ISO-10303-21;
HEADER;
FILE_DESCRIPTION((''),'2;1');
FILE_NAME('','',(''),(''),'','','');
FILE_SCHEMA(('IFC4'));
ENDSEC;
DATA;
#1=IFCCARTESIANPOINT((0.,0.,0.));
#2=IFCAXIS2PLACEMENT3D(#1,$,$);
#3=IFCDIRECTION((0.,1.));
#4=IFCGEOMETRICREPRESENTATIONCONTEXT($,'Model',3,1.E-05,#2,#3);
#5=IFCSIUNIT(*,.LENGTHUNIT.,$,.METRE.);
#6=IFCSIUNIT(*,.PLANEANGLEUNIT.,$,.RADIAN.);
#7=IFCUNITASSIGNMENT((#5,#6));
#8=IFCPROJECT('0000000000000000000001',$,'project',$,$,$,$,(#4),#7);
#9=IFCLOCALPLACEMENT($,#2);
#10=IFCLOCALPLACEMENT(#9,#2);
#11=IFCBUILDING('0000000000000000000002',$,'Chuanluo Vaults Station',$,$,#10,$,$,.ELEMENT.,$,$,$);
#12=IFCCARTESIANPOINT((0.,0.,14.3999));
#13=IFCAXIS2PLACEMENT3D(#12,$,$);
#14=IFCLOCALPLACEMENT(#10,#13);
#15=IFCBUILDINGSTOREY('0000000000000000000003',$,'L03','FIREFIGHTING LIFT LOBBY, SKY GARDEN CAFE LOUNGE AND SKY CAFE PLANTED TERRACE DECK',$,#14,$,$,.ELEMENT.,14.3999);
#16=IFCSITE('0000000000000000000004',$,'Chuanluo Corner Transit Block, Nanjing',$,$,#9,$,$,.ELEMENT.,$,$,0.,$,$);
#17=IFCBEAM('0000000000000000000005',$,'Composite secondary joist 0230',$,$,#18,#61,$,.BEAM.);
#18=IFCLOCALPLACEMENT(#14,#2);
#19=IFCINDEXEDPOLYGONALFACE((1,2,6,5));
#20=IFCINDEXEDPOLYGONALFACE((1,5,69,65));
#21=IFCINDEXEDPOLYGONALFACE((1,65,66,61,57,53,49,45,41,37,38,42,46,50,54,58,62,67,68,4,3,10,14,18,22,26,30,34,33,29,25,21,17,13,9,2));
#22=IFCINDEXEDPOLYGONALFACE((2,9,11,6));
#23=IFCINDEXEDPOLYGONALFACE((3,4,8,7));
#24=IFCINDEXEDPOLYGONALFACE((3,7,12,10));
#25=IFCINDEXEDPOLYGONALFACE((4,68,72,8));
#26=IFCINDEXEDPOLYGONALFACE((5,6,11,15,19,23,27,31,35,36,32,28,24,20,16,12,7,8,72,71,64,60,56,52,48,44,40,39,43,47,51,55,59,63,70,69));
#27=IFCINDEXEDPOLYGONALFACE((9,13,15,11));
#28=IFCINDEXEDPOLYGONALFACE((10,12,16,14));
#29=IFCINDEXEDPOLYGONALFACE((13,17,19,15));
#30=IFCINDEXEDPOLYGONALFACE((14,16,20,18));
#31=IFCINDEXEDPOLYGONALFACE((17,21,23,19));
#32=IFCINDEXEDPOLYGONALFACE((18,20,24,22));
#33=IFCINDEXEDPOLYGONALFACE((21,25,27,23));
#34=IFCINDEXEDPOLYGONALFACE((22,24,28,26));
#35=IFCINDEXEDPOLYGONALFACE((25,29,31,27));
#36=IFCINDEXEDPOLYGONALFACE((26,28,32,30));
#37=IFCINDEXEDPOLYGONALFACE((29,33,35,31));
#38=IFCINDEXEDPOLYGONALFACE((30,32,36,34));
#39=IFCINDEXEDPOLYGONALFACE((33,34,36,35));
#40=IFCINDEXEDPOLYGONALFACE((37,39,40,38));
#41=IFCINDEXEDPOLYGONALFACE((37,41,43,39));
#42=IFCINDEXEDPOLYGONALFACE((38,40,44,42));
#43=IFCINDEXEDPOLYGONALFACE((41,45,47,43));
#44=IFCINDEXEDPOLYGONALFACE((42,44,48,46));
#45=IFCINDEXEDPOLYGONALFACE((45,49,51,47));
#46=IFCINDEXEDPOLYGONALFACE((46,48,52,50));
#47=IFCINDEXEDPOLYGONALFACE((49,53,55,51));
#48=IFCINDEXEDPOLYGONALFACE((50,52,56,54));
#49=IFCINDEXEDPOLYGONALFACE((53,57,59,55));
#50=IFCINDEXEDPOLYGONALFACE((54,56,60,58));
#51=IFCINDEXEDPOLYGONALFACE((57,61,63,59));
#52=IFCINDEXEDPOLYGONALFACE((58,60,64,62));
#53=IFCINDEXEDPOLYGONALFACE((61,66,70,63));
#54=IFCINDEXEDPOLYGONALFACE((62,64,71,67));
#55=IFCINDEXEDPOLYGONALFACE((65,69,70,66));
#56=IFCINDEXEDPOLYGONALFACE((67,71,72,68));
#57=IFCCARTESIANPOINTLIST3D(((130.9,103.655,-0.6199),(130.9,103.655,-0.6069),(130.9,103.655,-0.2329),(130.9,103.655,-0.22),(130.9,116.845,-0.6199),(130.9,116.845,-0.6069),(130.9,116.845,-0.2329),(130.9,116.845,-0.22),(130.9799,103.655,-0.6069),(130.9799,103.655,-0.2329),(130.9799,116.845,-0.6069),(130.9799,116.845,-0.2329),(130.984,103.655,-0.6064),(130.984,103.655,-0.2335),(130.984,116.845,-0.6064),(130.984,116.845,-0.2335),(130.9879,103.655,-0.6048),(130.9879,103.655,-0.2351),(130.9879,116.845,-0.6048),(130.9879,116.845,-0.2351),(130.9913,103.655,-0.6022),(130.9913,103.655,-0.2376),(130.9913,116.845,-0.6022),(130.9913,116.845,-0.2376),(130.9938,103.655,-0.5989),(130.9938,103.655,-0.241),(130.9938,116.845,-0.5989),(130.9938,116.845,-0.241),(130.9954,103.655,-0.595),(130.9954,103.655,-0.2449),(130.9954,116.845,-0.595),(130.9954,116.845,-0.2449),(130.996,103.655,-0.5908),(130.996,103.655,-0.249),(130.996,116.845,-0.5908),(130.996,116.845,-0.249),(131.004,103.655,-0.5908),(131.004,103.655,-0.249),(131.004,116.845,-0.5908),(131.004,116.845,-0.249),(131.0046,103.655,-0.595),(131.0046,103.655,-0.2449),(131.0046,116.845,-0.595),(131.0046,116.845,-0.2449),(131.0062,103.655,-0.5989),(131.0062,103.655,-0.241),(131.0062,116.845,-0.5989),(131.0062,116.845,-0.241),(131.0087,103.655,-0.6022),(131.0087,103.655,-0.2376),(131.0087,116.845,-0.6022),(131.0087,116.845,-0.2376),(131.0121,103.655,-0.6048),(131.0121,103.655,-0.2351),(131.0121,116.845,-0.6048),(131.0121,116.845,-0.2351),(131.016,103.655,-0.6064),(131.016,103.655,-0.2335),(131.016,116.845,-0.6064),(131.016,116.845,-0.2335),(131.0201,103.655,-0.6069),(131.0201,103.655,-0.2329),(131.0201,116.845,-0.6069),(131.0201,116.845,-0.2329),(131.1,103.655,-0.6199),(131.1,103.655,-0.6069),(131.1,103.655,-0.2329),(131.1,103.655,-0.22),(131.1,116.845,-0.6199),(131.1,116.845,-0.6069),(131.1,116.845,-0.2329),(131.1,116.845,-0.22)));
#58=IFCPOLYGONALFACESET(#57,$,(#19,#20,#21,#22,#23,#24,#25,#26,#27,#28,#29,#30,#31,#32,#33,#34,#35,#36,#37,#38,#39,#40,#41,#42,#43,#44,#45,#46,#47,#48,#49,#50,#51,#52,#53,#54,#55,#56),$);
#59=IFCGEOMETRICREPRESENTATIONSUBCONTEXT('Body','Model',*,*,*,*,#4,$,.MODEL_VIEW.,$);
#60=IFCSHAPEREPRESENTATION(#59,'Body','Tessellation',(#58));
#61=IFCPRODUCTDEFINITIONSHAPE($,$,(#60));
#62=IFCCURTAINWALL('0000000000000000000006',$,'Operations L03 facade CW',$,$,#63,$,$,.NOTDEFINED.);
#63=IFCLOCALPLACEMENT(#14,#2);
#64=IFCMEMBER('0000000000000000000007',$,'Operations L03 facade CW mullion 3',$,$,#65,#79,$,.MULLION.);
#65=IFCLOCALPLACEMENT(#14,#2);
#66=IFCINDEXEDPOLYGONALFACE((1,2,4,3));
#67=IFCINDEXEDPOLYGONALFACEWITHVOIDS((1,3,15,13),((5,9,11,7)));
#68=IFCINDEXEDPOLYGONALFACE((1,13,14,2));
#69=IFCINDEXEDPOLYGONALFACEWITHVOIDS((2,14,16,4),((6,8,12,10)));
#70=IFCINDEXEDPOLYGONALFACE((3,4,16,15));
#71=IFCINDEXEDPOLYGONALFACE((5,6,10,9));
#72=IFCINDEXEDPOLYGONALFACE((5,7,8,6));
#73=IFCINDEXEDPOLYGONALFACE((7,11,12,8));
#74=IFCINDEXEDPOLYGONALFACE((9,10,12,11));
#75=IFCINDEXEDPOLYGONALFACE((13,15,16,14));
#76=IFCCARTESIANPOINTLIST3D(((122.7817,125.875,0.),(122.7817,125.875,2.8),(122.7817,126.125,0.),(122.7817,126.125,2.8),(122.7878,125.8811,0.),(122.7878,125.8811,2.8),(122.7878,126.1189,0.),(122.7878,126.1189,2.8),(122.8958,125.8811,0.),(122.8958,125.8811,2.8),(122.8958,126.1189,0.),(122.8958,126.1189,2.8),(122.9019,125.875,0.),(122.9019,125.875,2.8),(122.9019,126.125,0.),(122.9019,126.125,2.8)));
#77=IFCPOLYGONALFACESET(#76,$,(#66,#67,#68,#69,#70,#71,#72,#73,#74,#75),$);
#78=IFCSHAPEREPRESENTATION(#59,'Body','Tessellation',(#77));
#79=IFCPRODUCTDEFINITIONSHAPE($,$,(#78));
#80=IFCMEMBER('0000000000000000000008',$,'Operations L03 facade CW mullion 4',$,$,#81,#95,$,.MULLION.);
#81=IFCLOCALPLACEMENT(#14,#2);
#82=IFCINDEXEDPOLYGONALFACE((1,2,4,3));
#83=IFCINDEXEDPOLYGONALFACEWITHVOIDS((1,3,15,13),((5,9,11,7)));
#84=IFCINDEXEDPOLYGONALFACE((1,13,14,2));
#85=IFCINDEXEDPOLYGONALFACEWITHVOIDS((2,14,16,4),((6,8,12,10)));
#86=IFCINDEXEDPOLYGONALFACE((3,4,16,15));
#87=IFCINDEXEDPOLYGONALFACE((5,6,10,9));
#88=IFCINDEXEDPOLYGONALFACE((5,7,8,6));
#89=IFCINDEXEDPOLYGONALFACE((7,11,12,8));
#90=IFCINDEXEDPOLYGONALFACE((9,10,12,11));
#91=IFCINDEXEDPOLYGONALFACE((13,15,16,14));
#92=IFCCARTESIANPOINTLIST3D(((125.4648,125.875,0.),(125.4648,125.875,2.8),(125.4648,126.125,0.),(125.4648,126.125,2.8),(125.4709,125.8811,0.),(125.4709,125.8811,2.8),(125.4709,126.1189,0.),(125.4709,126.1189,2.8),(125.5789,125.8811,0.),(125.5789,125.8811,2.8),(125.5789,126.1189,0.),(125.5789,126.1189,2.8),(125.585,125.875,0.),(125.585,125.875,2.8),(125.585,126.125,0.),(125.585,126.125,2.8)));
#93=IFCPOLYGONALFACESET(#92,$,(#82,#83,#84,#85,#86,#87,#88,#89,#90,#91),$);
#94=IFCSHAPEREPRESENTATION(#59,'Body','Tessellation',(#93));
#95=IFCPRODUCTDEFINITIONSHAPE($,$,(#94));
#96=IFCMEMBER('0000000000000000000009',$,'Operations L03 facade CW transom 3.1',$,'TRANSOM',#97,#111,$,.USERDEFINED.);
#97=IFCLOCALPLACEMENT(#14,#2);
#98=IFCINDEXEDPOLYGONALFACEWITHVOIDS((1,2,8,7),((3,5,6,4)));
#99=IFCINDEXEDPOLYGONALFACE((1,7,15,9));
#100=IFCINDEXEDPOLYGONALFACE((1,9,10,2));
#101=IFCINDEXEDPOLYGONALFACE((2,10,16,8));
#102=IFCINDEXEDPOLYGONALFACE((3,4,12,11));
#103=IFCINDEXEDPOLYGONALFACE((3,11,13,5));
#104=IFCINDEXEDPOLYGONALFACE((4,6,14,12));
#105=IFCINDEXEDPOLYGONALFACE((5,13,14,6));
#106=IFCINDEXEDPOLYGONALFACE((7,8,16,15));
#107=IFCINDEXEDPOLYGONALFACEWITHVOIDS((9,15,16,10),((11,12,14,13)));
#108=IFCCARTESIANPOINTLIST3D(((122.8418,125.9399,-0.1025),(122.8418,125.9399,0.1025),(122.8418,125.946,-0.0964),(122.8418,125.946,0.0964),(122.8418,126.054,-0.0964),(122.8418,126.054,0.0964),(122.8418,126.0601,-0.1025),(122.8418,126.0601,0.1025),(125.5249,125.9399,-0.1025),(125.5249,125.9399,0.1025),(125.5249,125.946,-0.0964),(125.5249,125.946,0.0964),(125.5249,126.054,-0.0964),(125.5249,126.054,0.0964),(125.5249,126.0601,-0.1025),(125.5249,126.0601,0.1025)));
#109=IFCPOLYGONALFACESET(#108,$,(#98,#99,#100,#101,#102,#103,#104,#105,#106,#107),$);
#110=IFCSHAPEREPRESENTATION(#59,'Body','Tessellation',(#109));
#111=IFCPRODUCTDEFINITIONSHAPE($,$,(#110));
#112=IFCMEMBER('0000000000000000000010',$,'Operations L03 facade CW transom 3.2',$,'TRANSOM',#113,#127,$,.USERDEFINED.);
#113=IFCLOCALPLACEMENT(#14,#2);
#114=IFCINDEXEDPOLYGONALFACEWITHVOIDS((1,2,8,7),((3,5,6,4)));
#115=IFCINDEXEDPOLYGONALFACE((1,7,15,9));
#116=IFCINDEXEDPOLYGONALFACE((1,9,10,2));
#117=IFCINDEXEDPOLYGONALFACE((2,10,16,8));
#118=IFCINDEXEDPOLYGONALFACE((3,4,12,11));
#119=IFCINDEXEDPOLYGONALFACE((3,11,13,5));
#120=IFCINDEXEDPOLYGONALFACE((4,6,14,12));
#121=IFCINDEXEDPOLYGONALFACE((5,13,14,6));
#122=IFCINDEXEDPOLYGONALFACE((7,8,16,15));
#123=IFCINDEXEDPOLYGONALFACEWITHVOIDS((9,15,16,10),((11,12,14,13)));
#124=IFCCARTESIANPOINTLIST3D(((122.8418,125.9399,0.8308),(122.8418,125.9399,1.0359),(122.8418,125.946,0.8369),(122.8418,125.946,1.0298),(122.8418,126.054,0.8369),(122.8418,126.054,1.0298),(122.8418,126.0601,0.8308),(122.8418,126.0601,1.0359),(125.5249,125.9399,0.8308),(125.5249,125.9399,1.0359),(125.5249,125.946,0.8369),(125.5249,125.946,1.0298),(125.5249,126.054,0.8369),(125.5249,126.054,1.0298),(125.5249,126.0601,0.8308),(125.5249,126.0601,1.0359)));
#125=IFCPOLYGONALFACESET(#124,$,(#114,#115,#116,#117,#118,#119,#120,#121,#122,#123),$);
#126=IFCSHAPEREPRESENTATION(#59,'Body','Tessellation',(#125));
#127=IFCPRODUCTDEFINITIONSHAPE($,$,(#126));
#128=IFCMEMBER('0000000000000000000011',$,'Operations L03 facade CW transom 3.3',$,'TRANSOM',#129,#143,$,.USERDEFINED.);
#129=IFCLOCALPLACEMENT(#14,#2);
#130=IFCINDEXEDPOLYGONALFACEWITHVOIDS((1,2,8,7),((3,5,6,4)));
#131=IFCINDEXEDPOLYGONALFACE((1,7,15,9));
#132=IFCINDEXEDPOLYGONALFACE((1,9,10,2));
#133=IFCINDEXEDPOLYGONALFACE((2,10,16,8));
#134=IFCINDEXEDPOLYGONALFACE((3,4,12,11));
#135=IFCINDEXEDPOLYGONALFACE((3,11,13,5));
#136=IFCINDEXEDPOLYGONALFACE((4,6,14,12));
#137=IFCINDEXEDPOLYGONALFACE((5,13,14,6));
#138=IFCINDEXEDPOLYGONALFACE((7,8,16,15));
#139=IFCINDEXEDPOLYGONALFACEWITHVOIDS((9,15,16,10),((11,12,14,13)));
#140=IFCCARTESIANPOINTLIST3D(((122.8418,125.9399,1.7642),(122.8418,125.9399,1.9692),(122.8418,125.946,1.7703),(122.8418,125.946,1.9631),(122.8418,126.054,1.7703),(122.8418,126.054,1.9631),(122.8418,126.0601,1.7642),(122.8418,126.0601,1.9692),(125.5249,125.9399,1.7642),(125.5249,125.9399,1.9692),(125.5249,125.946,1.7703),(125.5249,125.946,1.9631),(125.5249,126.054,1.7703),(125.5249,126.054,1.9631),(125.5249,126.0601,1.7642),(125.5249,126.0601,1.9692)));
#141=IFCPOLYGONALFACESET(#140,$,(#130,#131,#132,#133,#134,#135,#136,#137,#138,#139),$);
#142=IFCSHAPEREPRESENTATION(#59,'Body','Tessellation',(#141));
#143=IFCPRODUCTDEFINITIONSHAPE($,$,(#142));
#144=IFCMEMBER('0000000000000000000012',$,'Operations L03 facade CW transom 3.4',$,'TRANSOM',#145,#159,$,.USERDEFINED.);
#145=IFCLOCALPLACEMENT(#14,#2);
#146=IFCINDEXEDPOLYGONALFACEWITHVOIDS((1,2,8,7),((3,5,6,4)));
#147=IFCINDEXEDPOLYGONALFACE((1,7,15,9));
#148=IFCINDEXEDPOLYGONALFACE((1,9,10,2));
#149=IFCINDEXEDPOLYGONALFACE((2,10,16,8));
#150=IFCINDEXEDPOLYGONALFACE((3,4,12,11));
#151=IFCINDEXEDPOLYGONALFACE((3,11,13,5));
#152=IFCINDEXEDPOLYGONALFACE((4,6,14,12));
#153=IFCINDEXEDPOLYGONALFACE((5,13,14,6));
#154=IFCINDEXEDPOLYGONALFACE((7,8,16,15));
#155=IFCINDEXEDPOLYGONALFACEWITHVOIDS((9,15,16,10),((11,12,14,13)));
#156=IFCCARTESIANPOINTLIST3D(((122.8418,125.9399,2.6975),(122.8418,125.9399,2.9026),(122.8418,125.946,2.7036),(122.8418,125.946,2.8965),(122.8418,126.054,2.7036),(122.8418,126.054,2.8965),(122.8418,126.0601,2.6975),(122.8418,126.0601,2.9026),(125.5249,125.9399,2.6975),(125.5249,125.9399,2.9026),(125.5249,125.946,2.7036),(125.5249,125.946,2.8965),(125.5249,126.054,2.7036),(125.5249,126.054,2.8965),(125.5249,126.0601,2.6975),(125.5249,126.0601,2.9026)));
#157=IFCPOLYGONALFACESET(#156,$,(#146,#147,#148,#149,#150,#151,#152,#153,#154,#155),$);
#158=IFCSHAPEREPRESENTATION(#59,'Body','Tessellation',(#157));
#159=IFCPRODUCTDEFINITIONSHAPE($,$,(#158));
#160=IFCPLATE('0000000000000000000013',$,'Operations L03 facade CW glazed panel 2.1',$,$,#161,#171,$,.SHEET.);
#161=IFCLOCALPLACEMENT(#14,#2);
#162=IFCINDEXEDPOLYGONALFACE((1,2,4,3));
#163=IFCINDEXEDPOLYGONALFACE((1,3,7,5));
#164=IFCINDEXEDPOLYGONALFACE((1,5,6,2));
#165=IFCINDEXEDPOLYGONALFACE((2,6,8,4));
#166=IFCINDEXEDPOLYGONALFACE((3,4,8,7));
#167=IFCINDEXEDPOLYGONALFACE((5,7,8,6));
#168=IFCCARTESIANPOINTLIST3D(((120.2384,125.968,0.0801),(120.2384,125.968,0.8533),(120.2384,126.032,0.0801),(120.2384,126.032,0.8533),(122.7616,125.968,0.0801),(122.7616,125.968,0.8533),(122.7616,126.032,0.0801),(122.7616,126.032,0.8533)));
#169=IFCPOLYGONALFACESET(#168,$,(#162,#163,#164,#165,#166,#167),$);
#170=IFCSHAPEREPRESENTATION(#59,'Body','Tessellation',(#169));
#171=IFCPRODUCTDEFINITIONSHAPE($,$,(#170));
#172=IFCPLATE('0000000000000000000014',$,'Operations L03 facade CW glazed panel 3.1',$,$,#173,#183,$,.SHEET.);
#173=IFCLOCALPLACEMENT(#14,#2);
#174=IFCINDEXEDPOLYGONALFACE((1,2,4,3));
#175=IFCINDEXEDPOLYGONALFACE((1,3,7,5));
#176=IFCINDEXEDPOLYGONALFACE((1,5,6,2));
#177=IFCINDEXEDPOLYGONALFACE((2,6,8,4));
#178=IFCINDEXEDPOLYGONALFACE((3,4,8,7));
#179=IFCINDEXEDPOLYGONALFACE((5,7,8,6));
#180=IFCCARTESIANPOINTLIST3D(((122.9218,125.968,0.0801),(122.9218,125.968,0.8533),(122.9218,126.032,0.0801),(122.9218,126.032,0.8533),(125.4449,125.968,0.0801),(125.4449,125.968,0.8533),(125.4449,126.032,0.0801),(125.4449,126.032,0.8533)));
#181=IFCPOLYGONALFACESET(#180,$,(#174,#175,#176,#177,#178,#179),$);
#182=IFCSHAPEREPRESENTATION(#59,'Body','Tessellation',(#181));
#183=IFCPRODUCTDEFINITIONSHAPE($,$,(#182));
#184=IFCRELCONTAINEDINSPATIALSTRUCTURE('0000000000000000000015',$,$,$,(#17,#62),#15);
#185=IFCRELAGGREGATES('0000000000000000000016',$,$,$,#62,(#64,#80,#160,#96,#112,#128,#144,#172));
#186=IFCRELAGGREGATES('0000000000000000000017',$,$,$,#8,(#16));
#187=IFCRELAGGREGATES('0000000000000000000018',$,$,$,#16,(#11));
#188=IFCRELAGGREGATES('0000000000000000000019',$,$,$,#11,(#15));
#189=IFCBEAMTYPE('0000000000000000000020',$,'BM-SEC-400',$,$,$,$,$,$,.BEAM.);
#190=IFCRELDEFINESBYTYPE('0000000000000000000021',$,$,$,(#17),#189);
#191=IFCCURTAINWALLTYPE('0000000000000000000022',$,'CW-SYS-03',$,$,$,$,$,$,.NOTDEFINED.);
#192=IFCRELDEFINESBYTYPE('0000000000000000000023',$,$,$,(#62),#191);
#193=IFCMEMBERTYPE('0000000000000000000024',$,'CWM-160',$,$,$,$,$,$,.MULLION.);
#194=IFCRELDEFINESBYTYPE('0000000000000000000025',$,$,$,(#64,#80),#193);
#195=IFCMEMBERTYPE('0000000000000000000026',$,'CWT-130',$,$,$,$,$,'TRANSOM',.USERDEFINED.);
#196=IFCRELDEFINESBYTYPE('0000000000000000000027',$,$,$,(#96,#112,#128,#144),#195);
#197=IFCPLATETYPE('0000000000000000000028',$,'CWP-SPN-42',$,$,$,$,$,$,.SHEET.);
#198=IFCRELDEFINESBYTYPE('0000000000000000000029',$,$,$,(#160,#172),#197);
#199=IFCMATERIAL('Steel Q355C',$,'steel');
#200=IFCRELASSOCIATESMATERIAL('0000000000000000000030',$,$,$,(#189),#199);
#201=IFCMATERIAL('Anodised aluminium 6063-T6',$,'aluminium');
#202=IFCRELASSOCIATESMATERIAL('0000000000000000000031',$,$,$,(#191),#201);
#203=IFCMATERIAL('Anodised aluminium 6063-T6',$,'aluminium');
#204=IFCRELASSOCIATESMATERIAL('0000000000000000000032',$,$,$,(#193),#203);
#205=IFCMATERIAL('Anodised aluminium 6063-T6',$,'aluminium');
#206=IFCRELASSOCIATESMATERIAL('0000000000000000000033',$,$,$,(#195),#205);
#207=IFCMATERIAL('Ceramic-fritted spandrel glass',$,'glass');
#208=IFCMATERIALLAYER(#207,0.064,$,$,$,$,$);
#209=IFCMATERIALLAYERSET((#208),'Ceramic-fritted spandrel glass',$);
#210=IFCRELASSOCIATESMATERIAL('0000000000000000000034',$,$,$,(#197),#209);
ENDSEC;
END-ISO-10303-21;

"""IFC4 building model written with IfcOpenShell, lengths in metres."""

from ifc_helpers import new_model, si_unit, direction, frame, origin, origin_2d, place, context, subcontext, project, spatial, rectangle, hollow_rectangle, i_section, extrude, material, layer, layer_set, material_profile, profile_set, type_object, element, aggregate, save


model = new_model("IFC4")

# Units and contexts
model_context = context("Model", 3, precision=1e-05, world=origin(), true_north=direction((0.0, 1.0)))
body_context = subcontext(model_context, "Body", "Model", "MODEL_VIEW")
ifc_project = project(units=[si_unit("LENGTHUNIT", "METRE"), si_unit("PLANEANGLEUNIT", "RADIAN")], contexts=[model_context])

# Site, building, storey
site_placement = place(None, origin())
site = spatial("IfcSite", under=ifc_project, at=site_placement, Name="Chuanluo Corner Transit Block, Nanjing", CompositionType="ELEMENT", RefElevation=0.0)
building_placement = place(site_placement, origin())
building = spatial("IfcBuilding", under=site, at=building_placement, Name="Chuanluo Vaults Station", CompositionType="ELEMENT")
storey_placement = place(building_placement, frame((0.0, 0.0, 14.3999)))
storey = spatial("IfcBuildingStorey", under=building, at=storey_placement, Name="L03", Description="FIREFIGHTING LIFT LOBBY, SKY GARDEN CAFE LOUNGE AND SKY CAFE PLANTED TERRACE DECK", CompositionType="ELEMENT", Elevation=14.3999)

# Beam
ifc_material_1 = material(Name="Steel Q355C", Category="steel")
ifc_material_profile_1 = material_profile(ifc_material_1, i_section(OverallWidth=0.2, OverallDepth=0.3999, WebThickness=0.0081, FlangeThickness=0.0129, FilletRadius=0.0161, at=origin_2d()))
ifc_profile_set_1 = profile_set([ifc_material_profile_1], Name="Steel Q355C")
beam_type_1 = type_object("IfcBeamType", Name="BM-SEC-400", PredefinedType="BEAM", material=ifc_profile_set_1)
for number, where, z_axis, x_axis, name in (
    (1, (131.0, 103.655, -0.4199), (0.0, 1.0, 0.0), (-1.0, 0.0, 0.0), "Composite secondary joist 0230"),
):
    element("IfcBeam", number, at=place(storey_placement, frame(where, z_axis=z_axis, x_axis=x_axis)), inside=storey, type_object=beam_type_1, Name=name, PredefinedType="BEAM", context=body_context, shape_type="SweptSolid", body=[
        extrude(i_section(OverallWidth=0.2, OverallDepth=0.3999, WebThickness=0.0081, FlangeThickness=0.0129, FilletRadius=0.0161, at=origin_2d()), origin(), (0.0, 0.0, 1.0), 13.1899),
    ])

# Curtain wall, members, plates
ifc_material_2 = material(Name="Anodised aluminium 6063-T6", Category="aluminium")
curtain_wall_type = type_object("IfcCurtainWallType", Name="CW-SYS-03", PredefinedType="NOTDEFINED", material=ifc_material_2)
curtain_wall_placement = place(storey_placement, origin())
curtain_wall = element("IfcCurtainWall", 2, at=curtain_wall_placement, inside=storey, type_object=curtain_wall_type, Name="Operations L03 facade CW", PredefinedType="NOTDEFINED")
ifc_material_3 = material(Name="Anodised aluminium 6063-T6", Category="aluminium")
ifc_material_profile_2 = material_profile(ifc_material_3, hollow_rectangle(XDim=0.1201, YDim=0.25, WallThickness=0.0061, at=origin_2d()))
ifc_profile_set_2 = profile_set([ifc_material_profile_2], Name="Anodised aluminium 6063-T6")
member_type_1 = type_object("IfcMemberType", Name="CWM-160", PredefinedType="MULLION", material=ifc_profile_set_2)
member_1_placement = place(storey_placement, frame((122.8418, 126.0, 0.0), z_axis=(0.0, 0.0, 1.0), x_axis=(1.0, 0.0, 0.0)))
member_1 = element("IfcMember", 3, at=member_1_placement, type_object=member_type_1, Name="Operations L03 facade CW mullion 3", PredefinedType="MULLION", context=body_context, shape_type="SweptSolid", body=[
    extrude(hollow_rectangle(XDim=0.1201, YDim=0.25, WallThickness=0.0061, at=origin_2d()), origin(), (0.0, 0.0, 1.0), 2.8),
])
member_2_placement = place(storey_placement, frame((125.5249, 126.0, 0.0), z_axis=(0.0, 0.0, 1.0), x_axis=(1.0, 0.0, 0.0)))
member_2 = element("IfcMember", 4, at=member_2_placement, type_object=member_type_1, Name="Operations L03 facade CW mullion 4", PredefinedType="MULLION", context=body_context, shape_type="SweptSolid", body=[
    extrude(hollow_rectangle(XDim=0.1201, YDim=0.25, WallThickness=0.0061, at=origin_2d()), origin(), (0.0, 0.0, 1.0), 2.8),
])
ifc_material_4 = material(Name="Anodised aluminium 6063-T6", Category="aluminium")
ifc_material_profile_3 = material_profile(ifc_material_4, hollow_rectangle(XDim=0.1201, YDim=0.2051, WallThickness=0.0061, at=origin_2d()))
ifc_profile_set_3 = profile_set([ifc_material_profile_3], Name="Anodised aluminium 6063-T6")
member_type_2 = type_object("IfcMemberType", Name="CWT-130", ElementType="TRANSOM", PredefinedType="USERDEFINED", material=ifc_profile_set_3)
member_3_placement = place(storey_placement, frame((122.8418, 126.0, 0.0), z_axis=(1.0, 0.0, 0.0), x_axis=(0.0, 1.0, 0.0)))
member_3 = element("IfcMember", 5, at=member_3_placement, type_object=member_type_2, Name="Operations L03 facade CW transom 3.1", ObjectType="TRANSOM", PredefinedType="USERDEFINED", context=body_context, shape_type="SweptSolid", body=[
    extrude(hollow_rectangle(XDim=0.1201, YDim=0.2051, WallThickness=0.0061, at=origin_2d()), origin(), (0.0, 0.0, 1.0), 2.6831),
])
member_4_placement = place(storey_placement, frame((122.8418, 126.0, 0.9333), z_axis=(1.0, 0.0, 0.0), x_axis=(0.0, 1.0, 0.0)))
member_4 = element("IfcMember", 6, at=member_4_placement, type_object=member_type_2, Name="Operations L03 facade CW transom 3.2", ObjectType="TRANSOM", PredefinedType="USERDEFINED", context=body_context, shape_type="SweptSolid", body=[
    extrude(hollow_rectangle(XDim=0.1201, YDim=0.2051, WallThickness=0.0061, at=origin_2d()), origin(), (0.0, 0.0, 1.0), 2.6831),
])
member_5_placement = place(storey_placement, frame((122.8418, 126.0, 1.8667), z_axis=(1.0, 0.0, 0.0), x_axis=(0.0, 1.0, 0.0)))
member_5 = element("IfcMember", 7, at=member_5_placement, type_object=member_type_2, Name="Operations L03 facade CW transom 3.3", ObjectType="TRANSOM", PredefinedType="USERDEFINED", context=body_context, shape_type="SweptSolid", body=[
    extrude(hollow_rectangle(XDim=0.1201, YDim=0.2051, WallThickness=0.0061, at=origin_2d()), origin(), (0.0, 0.0, 1.0), 2.6831),
])
member_6_placement = place(storey_placement, frame((122.8418, 126.0, 2.8), z_axis=(1.0, 0.0, 0.0), x_axis=(0.0, 1.0, 0.0)))
member_6 = element("IfcMember", 8, at=member_6_placement, type_object=member_type_2, Name="Operations L03 facade CW transom 3.4", ObjectType="TRANSOM", PredefinedType="USERDEFINED", context=body_context, shape_type="SweptSolid", body=[
    extrude(hollow_rectangle(XDim=0.1201, YDim=0.2051, WallThickness=0.0061, at=origin_2d()), origin(), (0.0, 0.0, 1.0), 2.6831),
])
ifc_material_5 = material(Name="Ceramic-fritted spandrel glass", Category="glass")
ifc_layer_1 = layer(ifc_material_5, 0.064)
ifc_layer_set_1 = layer_set([ifc_layer_1], Name="Ceramic-fritted spandrel glass")
plate_type_1 = type_object("IfcPlateType", Name="CWP-SPN-42", PredefinedType="SHEET", material=ifc_layer_set_1)
plate_1_placement = place(storey_placement, frame((121.5, 126.0, 0.0801), z_axis=(0.0, 0.0, 1.0), x_axis=(1.0, 0.0, 0.0)))
plate_1 = element("IfcPlate", 9, at=plate_1_placement, type_object=plate_type_1, Name="Operations L03 facade CW glazed panel 2.1", PredefinedType="SHEET", context=body_context, shape_type="SweptSolid", body=[
    extrude(rectangle(XDim=2.5232, YDim=0.064, at=origin_2d()), origin(), (0.0, 0.0, 1.0), 0.7732),
])
plate_2_placement = place(storey_placement, frame((124.1833, 126.0, 0.0801), z_axis=(0.0, 0.0, 1.0), x_axis=(1.0, 0.0, 0.0)))
plate_2 = element("IfcPlate", 10, at=plate_2_placement, type_object=plate_type_1, Name="Operations L03 facade CW glazed panel 3.1", PredefinedType="SHEET", context=body_context, shape_type="SweptSolid", body=[
    extrude(rectangle(XDim=2.5232, YDim=0.064, at=origin_2d()), origin(), (0.0, 0.0, 1.0), 0.7732),
])
aggregate(curtain_wall, [member_1, member_2, plate_1, member_3, member_4, member_5, member_6, plate_2])

save(model, "model.ifc")
